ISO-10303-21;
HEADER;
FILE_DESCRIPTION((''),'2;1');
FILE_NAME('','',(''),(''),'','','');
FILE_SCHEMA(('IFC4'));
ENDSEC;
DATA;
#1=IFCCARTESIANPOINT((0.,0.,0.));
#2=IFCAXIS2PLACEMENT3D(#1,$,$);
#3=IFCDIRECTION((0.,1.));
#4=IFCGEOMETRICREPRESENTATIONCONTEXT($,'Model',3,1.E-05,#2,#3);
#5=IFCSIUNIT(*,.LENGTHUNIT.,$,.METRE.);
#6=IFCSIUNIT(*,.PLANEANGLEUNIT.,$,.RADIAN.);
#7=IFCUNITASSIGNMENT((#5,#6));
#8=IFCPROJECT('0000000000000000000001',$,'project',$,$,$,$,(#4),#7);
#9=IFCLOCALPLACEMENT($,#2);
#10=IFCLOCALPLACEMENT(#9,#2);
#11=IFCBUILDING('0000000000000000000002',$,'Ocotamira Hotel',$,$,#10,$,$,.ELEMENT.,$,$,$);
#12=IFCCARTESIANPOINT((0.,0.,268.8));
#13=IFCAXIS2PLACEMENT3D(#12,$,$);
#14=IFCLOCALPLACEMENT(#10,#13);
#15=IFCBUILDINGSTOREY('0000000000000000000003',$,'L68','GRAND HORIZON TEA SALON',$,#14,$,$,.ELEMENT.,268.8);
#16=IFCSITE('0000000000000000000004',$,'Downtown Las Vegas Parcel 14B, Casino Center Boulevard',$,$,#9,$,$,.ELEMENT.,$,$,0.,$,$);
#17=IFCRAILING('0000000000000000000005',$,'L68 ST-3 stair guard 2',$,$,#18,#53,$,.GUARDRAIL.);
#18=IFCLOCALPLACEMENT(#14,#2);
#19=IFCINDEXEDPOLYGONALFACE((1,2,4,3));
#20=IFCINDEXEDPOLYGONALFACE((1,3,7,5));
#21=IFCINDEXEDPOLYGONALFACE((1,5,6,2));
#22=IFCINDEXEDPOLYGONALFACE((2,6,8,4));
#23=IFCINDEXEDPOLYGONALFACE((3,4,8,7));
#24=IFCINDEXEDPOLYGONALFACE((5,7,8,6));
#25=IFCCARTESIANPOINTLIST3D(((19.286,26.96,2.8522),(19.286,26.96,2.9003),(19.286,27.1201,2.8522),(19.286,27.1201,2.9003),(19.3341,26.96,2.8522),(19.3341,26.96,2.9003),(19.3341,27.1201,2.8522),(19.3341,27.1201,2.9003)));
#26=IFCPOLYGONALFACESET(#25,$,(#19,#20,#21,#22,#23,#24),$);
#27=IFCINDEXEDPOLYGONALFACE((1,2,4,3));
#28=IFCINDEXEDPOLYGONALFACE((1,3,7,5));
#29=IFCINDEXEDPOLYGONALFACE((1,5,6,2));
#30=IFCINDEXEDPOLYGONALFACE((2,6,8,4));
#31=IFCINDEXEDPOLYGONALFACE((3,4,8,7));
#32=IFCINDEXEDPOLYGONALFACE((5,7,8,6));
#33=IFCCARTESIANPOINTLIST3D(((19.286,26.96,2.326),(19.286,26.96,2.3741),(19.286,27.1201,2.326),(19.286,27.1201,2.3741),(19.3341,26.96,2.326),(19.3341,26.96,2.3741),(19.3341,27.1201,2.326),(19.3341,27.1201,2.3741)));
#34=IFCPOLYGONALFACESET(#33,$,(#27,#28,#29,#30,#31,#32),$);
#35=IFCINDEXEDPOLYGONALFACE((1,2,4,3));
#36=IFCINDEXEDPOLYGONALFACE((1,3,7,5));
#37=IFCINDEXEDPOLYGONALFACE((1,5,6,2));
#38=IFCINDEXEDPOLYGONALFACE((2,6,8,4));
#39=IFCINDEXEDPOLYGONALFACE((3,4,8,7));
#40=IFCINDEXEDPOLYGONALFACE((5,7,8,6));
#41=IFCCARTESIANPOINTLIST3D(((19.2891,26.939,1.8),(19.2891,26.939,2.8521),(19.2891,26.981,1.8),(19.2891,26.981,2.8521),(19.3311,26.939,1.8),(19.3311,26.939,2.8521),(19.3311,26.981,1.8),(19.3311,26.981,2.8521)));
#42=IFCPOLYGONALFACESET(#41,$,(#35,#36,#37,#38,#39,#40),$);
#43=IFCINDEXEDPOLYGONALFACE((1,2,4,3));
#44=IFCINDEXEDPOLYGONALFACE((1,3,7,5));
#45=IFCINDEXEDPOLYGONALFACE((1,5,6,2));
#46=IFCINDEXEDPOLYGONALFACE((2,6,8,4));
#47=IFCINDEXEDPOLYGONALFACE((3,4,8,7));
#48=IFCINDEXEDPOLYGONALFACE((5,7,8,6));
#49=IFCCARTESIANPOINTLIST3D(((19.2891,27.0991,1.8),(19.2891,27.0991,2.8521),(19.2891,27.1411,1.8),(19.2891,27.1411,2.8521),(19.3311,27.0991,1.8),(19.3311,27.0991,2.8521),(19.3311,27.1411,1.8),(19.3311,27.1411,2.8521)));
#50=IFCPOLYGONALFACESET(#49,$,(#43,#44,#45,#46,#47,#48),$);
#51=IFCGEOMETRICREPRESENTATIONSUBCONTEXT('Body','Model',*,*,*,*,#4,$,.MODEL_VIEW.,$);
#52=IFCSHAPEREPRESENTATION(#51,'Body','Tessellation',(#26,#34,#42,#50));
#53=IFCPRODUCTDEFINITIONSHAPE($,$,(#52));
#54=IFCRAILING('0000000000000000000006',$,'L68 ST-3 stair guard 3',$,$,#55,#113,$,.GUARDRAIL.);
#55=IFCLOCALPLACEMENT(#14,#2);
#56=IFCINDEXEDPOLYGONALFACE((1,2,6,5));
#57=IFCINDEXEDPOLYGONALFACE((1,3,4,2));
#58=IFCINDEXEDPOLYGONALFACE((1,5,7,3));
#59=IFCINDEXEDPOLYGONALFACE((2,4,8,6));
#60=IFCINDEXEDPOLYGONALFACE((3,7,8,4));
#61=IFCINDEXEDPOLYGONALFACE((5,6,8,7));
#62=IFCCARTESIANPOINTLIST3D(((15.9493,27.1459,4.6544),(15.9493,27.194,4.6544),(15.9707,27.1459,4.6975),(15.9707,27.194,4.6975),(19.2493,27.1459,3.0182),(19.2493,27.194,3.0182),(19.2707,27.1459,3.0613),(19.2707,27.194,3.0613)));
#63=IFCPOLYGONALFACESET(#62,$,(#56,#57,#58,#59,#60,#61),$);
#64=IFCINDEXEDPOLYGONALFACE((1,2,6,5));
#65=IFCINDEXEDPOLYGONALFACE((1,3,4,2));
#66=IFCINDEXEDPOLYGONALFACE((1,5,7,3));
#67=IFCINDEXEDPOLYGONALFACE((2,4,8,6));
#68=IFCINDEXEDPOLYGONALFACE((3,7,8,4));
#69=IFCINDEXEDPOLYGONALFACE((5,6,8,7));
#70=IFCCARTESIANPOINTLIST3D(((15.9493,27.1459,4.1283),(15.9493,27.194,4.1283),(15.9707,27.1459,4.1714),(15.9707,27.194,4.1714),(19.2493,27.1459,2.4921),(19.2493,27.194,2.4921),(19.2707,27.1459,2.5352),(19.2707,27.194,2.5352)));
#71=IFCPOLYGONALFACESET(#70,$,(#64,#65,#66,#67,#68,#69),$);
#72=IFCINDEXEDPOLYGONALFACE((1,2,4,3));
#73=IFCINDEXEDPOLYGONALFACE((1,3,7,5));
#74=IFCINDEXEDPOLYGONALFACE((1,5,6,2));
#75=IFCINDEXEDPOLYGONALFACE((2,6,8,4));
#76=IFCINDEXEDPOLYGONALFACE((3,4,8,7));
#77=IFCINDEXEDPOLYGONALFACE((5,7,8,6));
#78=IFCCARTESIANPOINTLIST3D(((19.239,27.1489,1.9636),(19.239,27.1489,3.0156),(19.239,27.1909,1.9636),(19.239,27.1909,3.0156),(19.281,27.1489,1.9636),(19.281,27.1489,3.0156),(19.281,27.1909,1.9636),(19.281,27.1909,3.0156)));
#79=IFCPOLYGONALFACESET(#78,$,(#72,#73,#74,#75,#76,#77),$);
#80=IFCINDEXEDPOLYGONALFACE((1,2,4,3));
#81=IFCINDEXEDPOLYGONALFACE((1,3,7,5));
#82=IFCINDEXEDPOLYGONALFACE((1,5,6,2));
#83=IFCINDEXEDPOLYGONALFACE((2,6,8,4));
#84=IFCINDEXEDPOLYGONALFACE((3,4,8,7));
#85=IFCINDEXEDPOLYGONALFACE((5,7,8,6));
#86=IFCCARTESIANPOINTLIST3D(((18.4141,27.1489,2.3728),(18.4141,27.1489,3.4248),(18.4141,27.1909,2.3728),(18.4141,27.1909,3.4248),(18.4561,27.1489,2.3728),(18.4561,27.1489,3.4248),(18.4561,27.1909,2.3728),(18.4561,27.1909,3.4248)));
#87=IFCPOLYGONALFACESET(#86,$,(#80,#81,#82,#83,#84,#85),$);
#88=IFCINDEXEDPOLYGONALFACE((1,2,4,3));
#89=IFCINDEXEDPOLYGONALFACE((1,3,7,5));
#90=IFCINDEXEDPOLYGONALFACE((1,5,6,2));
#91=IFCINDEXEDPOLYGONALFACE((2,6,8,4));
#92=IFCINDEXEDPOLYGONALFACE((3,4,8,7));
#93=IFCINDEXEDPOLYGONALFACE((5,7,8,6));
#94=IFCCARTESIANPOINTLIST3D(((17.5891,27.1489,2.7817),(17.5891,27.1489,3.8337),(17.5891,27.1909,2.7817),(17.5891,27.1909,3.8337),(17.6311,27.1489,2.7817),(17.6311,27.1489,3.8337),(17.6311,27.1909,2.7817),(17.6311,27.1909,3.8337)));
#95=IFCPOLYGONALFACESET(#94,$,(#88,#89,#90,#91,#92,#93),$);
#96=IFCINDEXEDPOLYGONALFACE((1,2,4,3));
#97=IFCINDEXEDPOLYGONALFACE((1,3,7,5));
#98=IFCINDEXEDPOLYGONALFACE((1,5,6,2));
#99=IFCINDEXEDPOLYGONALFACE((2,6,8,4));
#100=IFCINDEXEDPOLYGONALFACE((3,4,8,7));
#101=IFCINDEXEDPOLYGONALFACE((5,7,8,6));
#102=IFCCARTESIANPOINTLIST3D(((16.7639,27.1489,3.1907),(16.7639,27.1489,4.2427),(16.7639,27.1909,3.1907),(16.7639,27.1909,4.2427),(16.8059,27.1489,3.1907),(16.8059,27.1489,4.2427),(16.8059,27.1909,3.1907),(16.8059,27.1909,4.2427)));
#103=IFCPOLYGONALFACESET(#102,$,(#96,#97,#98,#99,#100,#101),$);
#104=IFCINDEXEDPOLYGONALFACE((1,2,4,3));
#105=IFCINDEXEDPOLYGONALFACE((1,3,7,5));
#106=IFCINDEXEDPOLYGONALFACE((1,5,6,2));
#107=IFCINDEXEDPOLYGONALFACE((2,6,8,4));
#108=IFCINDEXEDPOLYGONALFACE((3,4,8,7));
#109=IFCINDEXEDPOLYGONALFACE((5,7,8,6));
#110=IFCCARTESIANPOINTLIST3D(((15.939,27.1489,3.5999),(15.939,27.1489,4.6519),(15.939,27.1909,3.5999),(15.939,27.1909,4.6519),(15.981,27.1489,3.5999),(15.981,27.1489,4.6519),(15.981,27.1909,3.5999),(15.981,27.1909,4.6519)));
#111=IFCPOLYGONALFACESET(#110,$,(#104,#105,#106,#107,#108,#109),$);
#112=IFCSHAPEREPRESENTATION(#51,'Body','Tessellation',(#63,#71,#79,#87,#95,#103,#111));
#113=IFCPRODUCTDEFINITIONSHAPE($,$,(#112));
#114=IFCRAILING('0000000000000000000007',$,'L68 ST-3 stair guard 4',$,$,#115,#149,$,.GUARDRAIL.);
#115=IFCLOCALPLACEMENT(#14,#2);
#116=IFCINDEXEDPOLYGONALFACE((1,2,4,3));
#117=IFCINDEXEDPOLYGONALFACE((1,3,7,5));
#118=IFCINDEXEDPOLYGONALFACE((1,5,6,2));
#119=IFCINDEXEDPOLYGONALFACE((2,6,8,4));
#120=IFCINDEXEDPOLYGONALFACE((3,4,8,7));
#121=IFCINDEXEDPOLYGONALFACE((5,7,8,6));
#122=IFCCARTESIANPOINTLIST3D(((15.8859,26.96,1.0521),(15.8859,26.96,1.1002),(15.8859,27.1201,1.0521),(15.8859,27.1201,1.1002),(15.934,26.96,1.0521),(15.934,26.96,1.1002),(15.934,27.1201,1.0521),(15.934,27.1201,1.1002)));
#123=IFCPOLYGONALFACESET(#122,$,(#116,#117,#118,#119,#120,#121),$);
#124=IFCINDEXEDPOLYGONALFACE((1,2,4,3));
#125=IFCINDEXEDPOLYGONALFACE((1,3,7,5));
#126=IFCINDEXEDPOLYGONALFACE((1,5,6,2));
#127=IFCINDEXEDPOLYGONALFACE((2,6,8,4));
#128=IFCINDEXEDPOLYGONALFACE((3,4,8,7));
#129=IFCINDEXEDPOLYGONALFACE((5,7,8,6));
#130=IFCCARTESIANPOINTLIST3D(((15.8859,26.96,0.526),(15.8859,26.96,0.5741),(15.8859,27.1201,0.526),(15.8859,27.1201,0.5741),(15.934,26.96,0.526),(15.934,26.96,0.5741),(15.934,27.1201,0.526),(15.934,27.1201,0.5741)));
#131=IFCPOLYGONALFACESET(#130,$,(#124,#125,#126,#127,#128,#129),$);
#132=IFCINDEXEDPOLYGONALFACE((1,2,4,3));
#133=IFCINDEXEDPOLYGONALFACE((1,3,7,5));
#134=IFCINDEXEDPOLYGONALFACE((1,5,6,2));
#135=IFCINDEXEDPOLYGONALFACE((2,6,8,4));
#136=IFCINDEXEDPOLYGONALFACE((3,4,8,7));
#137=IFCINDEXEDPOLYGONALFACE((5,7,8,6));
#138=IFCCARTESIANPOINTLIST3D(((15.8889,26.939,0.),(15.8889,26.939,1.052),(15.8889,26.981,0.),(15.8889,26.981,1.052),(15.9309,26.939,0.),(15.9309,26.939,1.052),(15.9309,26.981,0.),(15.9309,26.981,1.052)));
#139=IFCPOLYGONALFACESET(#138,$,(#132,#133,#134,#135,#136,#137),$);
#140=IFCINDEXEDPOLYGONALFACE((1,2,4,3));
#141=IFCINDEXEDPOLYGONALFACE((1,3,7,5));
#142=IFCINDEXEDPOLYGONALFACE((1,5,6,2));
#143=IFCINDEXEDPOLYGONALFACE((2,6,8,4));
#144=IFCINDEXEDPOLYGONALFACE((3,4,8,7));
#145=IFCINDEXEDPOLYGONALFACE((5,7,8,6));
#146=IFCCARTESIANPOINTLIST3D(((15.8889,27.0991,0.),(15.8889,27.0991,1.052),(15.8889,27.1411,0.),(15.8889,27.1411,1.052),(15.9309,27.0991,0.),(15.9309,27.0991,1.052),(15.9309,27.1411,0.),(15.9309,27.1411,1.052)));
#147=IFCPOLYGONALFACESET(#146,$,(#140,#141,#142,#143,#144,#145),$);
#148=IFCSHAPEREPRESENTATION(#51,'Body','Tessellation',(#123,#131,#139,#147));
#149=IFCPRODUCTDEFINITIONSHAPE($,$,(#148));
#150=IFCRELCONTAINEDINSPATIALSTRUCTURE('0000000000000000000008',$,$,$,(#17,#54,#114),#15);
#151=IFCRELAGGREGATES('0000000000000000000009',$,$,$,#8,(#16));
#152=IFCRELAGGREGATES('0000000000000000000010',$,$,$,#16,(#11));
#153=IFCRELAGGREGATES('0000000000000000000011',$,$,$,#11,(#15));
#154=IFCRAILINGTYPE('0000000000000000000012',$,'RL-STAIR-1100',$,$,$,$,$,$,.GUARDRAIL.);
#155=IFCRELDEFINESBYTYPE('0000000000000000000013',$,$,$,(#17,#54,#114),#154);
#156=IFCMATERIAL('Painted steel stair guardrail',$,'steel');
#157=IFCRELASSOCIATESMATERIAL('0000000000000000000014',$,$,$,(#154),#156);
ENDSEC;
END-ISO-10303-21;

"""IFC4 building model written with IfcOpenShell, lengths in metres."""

from ifc_helpers import new_model, si_unit, direction, frame, origin, origin_2d, place, context, subcontext, project, spatial, rectangle, extrude, material, type_object, element, save


model = new_model("IFC4")

# Units and contexts
model_context = context("Model", 3, precision=1e-05, world=origin(), true_north=direction((0.0, 1.0)))
body_context = subcontext(model_context, "Body", "Model", "MODEL_VIEW")
ifc_project = project(units=[si_unit("LENGTHUNIT", "METRE"), si_unit("PLANEANGLEUNIT", "RADIAN")], contexts=[model_context])

# Site, building, storey
site_placement = place(None, origin())
site = spatial("IfcSite", under=ifc_project, at=site_placement, Name="Downtown Las Vegas Parcel 14B, Casino Center Boulevard", CompositionType="ELEMENT", RefElevation=0.0)
building_placement = place(site_placement, origin())
building = spatial("IfcBuilding", under=site, at=building_placement, Name="Ocotamira Hotel", CompositionType="ELEMENT")
storey_placement = place(building_placement, frame((0.0, 0.0, 268.8)))
storey = spatial("IfcBuildingStorey", under=building, at=storey_placement, Name="L68", Description="GRAND HORIZON TEA SALON", CompositionType="ELEMENT", Elevation=268.8)

# Railings
ifc_material_1 = material(Name="Painted steel stair guardrail", Category="steel")
railing_type_1 = type_object("IfcRailingType", Name="RL-STAIR-1100", PredefinedType="GUARDRAIL", material=ifc_material_1)
railing_1_placement = place(storey_placement, frame((19.3101, 26.96, 1.8)))
element("IfcRailing", 1, at=railing_1_placement, inside=storey, type_object=railing_type_1, Name="L68 ST-3 stair guard 2", PredefinedType="GUARDRAIL", context=body_context, shape_type="SweptSolid", body=[
    extrude(rectangle(XDim=0.0481, YDim=0.0481, at=origin_2d()), frame((0.0, 0.0, 1.0762), z_axis=(0.0, 1.0, 0.0), x_axis=(-1.0, 0.0, 0.0)), (0.0, 0.0, 1.0), 0.1602),
    extrude(rectangle(XDim=0.0481, YDim=0.0481, at=origin_2d()), frame((0.0, 0.0, 0.55), z_axis=(0.0, 1.0, 0.0), x_axis=(-1.0, 0.0, 0.0)), (0.0, 0.0, 1.0), 0.1602),
    extrude(rectangle(XDim=0.042, YDim=0.042, at=origin_2d()), origin(), (0.0, 0.0, 1.0), 1.052),
    extrude(rectangle(XDim=0.042, YDim=0.042, at=origin_2d()), frame((0.0, 0.1602, 0.0)), (0.0, 0.0, 1.0), 1.052),
])
railing_2_placement = place(storey_placement, frame((19.26, 27.1699, 1.9636)))
element("IfcRailing", 2, at=railing_2_placement, inside=storey, type_object=railing_type_1, Name="L68 ST-3 stair guard 3", PredefinedType="GUARDRAIL", context=body_context, shape_type="SweptSolid", body=[
    extrude(rectangle(XDim=0.0481, YDim=0.0481, at=origin_2d()), frame((0.0, 0.0, 1.0762), z_axis=(-0.89592, 0.0, 0.444215), x_axis=(0.0, -1.0, 0.0)), (0.0, 0.0, 1.0), 3.6833),
    extrude(rectangle(XDim=0.0481, YDim=0.0481, at=origin_2d()), frame((0.0, 0.0, 0.55), z_axis=(-0.89592, 0.0, 0.444215), x_axis=(0.0, -1.0, 0.0)), (0.0, 0.0, 1.0), 3.6833),
    extrude(rectangle(XDim=0.042, YDim=0.042, at=origin_2d()), origin(), (0.0, 0.0, 1.0), 1.052),
    extrude(rectangle(XDim=0.042, YDim=0.042, at=origin_2d()), frame((-0.825, 0.0, 0.4092)), (0.0, 0.0, 1.0), 1.052),
    extrude(rectangle(XDim=0.042, YDim=0.042, at=origin_2d()), frame((-1.6499, 0.0, 0.8181)), (0.0, 0.0, 1.0), 1.052),
    extrude(rectangle(XDim=0.042, YDim=0.042, at=origin_2d()), frame((-2.4751, 0.0, 1.2271)), (0.0, 0.0, 1.0), 1.052),
    extrude(rectangle(XDim=0.042, YDim=0.042, at=origin_2d()), frame((-3.3, 0.0, 1.6362)), (0.0, 0.0, 1.0), 1.052),
])
railing_3_placement = place(storey_placement, frame((15.9099, 26.96, 0.0)))
element("IfcRailing", 3, at=railing_3_placement, inside=storey, type_object=railing_type_1, Name="L68 ST-3 stair guard 4", PredefinedType="GUARDRAIL", context=body_context, shape_type="SweptSolid", body=[
    extrude(rectangle(XDim=0.0481, YDim=0.0481, at=origin_2d()), frame((0.0, 0.0, 1.0762), z_axis=(0.0, 1.0, 0.0), x_axis=(-1.0, 0.0, 0.0)), (0.0, 0.0, 1.0), 0.1602),
    extrude(rectangle(XDim=0.0481, YDim=0.0481, at=origin_2d()), frame((0.0, 0.0, 0.55), z_axis=(0.0, 1.0, 0.0), x_axis=(-1.0, 0.0, 0.0)), (0.0, 0.0, 1.0), 0.1602),
    extrude(rectangle(XDim=0.042, YDim=0.042, at=origin_2d()), origin(), (0.0, 0.0, 1.0), 1.052),
    extrude(rectangle(XDim=0.042, YDim=0.042, at=origin_2d()), frame((0.0, 0.1602, 0.0)), (0.0, 0.0, 1.0), 1.052),
])

save(model, "model.ifc")
